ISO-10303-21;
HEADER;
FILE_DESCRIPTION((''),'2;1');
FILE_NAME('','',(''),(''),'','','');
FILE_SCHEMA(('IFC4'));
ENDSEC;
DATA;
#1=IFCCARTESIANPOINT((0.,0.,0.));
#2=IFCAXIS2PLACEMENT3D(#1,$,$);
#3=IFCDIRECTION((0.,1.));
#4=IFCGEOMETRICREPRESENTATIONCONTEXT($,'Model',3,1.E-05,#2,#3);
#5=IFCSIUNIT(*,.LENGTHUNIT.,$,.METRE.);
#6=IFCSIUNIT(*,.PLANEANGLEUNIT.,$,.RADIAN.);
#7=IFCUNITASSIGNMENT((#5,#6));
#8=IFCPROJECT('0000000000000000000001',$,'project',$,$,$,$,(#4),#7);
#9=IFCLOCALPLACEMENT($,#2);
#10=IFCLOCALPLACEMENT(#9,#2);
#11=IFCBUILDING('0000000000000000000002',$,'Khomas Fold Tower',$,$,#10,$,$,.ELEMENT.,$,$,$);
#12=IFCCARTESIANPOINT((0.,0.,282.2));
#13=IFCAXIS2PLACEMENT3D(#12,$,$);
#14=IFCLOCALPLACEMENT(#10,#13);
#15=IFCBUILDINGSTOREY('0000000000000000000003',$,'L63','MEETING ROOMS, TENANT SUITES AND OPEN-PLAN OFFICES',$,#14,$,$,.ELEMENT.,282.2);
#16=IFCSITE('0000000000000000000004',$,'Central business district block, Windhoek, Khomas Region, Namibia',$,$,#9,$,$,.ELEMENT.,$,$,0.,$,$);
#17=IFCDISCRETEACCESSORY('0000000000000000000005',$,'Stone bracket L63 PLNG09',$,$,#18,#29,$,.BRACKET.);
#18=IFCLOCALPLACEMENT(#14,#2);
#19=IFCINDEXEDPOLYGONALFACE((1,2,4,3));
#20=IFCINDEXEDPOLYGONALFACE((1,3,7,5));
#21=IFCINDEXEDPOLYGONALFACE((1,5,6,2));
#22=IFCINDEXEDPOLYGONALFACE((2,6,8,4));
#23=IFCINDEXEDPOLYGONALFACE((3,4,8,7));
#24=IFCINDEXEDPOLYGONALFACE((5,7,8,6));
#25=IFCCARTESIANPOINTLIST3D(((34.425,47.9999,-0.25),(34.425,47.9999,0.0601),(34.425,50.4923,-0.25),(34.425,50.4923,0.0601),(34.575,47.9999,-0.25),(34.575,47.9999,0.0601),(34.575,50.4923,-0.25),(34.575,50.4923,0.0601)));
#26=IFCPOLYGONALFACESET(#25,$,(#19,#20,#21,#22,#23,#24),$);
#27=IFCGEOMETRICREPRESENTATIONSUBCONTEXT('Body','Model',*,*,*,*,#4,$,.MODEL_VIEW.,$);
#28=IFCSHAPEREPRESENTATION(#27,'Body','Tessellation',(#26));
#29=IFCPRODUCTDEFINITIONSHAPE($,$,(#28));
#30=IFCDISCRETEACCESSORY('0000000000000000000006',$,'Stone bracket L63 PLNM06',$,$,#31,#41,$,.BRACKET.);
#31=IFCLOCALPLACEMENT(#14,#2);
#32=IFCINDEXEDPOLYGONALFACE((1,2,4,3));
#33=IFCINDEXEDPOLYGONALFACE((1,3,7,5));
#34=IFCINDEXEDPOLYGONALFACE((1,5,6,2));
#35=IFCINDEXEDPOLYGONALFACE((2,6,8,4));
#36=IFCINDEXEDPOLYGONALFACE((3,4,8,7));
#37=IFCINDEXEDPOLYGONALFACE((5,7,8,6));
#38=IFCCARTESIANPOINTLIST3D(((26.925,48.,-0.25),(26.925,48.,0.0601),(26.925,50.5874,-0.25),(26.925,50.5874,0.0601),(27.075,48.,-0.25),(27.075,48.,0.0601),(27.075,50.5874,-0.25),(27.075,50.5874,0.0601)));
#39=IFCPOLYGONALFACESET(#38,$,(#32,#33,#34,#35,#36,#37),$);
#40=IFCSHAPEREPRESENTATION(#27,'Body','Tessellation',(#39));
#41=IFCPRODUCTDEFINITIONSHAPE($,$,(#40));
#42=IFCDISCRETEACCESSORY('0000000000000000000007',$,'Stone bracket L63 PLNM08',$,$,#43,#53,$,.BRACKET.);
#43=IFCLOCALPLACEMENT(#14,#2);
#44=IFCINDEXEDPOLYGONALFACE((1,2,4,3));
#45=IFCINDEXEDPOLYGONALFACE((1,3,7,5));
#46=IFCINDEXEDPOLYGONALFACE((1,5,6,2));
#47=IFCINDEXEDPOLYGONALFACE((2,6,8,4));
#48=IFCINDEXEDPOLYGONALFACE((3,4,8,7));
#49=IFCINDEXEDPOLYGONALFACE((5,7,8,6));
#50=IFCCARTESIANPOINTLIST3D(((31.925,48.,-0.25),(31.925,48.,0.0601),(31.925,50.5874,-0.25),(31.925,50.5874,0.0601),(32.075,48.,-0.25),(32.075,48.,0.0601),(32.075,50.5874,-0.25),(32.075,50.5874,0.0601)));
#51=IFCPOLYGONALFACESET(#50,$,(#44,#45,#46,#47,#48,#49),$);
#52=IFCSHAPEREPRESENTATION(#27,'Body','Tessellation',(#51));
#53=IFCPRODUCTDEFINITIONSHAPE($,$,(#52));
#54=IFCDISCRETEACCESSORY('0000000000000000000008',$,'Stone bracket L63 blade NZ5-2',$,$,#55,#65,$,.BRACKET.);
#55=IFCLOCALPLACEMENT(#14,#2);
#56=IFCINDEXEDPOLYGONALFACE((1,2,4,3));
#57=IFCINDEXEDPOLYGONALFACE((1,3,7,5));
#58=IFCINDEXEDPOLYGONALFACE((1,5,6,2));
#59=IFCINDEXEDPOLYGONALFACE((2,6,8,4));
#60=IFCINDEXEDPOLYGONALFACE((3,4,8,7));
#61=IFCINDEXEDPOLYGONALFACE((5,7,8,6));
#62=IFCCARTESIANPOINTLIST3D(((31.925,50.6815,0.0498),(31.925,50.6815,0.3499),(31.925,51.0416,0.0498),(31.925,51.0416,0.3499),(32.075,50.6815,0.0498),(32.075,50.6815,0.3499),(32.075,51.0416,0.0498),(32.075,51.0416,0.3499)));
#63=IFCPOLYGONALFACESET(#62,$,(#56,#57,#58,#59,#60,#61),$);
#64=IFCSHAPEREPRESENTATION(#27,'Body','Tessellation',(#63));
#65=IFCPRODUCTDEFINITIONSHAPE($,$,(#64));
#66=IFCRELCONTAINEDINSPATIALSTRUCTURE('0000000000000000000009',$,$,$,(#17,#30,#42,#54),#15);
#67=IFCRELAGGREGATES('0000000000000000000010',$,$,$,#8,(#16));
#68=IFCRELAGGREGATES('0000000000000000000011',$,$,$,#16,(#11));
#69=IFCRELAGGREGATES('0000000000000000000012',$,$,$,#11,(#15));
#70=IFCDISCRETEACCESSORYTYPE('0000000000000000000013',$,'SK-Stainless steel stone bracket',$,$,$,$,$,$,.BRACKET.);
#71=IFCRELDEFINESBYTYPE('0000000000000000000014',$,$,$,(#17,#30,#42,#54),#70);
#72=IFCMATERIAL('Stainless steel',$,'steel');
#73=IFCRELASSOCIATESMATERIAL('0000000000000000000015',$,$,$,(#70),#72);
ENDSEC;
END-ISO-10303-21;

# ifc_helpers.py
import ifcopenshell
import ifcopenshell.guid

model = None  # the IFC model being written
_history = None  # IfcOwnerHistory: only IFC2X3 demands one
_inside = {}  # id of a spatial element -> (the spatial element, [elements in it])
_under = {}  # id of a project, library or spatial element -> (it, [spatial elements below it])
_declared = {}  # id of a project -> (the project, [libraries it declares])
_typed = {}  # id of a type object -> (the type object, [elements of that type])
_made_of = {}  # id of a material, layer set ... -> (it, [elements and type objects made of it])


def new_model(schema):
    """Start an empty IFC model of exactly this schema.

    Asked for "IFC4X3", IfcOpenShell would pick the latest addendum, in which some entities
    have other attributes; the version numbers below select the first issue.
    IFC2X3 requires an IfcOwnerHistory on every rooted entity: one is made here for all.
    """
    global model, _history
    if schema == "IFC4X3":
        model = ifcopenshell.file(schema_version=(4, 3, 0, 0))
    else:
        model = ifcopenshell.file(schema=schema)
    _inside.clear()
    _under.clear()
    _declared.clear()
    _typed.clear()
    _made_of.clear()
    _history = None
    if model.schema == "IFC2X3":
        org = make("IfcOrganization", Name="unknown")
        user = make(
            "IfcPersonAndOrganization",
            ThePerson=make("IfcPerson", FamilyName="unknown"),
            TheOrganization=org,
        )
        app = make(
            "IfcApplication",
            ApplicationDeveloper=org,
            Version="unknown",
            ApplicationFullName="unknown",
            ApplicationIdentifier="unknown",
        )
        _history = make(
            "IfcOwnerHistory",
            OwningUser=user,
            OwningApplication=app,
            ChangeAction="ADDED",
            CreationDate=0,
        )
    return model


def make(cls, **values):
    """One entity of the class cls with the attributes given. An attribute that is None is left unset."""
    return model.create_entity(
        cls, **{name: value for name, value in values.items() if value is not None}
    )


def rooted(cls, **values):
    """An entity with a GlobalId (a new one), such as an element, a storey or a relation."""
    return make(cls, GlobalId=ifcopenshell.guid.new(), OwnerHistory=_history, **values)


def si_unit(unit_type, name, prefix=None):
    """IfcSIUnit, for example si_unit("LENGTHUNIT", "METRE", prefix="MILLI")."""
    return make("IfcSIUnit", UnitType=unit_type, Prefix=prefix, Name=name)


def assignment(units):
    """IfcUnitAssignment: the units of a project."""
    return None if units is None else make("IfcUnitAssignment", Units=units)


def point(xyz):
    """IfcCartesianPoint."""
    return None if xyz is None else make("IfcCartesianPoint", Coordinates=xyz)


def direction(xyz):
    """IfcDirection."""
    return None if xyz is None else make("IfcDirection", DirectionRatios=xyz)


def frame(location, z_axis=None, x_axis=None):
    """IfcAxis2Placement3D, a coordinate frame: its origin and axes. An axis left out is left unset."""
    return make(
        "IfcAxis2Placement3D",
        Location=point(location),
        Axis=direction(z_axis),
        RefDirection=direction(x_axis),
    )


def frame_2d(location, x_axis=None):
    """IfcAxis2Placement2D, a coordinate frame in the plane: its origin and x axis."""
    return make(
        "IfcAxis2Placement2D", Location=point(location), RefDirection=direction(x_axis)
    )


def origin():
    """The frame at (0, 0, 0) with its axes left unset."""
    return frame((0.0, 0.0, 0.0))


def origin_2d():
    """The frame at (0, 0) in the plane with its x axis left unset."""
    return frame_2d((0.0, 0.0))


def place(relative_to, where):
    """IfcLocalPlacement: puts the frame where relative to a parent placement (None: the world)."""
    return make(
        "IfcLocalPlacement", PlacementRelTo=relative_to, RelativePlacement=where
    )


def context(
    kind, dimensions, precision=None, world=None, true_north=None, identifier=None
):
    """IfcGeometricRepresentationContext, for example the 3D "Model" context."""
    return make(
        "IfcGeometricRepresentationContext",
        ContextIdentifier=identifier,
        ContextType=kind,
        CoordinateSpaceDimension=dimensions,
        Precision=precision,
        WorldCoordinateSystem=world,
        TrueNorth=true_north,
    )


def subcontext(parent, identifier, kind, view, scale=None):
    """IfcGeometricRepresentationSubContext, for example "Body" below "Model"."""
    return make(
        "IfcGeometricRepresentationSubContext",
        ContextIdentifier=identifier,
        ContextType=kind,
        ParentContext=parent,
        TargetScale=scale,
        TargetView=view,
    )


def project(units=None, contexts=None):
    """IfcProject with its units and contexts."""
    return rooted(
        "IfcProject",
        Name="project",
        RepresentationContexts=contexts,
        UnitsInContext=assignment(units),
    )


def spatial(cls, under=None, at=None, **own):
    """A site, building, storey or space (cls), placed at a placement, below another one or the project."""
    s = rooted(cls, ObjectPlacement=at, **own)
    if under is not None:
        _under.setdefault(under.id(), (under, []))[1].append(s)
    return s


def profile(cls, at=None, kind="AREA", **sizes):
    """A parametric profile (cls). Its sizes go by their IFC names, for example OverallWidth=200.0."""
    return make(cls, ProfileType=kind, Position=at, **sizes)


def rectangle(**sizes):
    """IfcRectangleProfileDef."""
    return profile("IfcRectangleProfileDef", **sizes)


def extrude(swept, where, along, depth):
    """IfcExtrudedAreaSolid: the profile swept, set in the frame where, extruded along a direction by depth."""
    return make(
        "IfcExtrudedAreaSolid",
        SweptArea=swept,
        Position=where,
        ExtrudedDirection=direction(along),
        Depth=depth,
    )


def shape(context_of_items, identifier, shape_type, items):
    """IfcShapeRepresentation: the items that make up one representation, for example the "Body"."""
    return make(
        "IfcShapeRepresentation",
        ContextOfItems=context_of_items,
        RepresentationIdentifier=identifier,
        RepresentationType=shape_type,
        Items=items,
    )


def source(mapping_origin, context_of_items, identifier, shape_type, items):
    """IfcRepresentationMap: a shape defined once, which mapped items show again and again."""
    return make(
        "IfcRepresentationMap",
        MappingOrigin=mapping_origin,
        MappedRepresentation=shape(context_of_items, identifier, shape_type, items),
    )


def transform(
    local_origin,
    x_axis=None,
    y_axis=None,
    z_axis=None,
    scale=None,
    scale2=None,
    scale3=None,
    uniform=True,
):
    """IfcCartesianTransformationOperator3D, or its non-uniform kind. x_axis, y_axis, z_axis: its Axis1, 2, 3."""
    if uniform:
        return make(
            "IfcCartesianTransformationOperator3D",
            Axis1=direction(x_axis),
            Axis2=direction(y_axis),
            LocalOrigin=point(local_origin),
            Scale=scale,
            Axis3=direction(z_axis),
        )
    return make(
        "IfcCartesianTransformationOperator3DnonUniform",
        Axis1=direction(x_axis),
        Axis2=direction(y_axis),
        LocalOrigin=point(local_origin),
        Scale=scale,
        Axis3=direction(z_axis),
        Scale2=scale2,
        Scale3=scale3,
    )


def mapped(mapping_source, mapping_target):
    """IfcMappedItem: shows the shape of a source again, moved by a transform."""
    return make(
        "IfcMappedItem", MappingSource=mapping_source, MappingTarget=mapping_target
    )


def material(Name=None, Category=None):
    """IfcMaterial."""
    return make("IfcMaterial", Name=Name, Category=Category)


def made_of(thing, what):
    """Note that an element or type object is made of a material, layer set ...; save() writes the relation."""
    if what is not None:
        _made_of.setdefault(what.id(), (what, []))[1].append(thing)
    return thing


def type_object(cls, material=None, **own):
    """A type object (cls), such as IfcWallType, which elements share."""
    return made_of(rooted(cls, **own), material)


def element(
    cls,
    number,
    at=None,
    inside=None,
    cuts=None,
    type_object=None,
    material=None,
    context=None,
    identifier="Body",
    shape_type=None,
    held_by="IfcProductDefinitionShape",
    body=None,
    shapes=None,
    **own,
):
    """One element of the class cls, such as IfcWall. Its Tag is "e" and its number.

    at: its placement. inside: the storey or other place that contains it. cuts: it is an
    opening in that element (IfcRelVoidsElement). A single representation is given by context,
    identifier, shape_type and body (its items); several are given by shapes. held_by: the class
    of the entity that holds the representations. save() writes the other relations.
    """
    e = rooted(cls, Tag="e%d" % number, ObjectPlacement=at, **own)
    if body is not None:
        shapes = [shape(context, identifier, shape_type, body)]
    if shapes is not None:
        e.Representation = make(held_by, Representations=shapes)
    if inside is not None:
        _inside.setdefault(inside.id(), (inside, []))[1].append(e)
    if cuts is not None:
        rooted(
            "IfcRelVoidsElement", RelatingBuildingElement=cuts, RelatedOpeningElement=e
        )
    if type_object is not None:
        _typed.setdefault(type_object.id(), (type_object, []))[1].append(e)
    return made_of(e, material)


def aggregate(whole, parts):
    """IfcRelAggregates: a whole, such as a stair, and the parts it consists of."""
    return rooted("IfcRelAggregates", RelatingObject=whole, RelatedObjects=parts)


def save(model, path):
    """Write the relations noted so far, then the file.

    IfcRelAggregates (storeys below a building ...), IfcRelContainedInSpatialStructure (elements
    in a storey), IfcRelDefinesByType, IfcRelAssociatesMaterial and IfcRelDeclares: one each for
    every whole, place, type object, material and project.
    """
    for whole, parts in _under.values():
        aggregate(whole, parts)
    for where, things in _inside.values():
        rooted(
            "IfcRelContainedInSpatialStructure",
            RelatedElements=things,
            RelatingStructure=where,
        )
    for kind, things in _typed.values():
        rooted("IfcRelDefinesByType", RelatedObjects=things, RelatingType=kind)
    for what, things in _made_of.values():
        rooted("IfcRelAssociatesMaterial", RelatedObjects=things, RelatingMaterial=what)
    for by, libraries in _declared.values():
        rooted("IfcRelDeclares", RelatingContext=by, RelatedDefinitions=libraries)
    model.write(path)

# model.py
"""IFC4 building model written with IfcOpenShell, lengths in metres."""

from ifc_helpers import new_model, si_unit, direction, frame, origin, origin_2d, place, context, subcontext, project, spatial, rectangle, extrude, source, transform, mapped, material, type_object, element, save


model = new_model("IFC4")

# Units and contexts
model_context = context("Model", 3, precision=1e-05, world=origin(), true_north=direction((0.0, 1.0)))
body_context = subcontext(model_context, "Body", "Model", "MODEL_VIEW")
ifc_project = project(units=[si_unit("LENGTHUNIT", "METRE"), si_unit("PLANEANGLEUNIT", "RADIAN")], contexts=[model_context])

# Site, building, storey
site_placement = place(None, origin())
site = spatial("IfcSite", under=ifc_project, at=site_placement, Name="Central business district block, Windhoek, Khomas Region, Namibia", CompositionType="ELEMENT", RefElevation=0.0)
building_placement = place(site_placement, origin())
building = spatial("IfcBuilding", under=site, at=building_placement, Name="Khomas Fold Tower", CompositionType="ELEMENT")
storey_placement = place(building_placement, frame((0.0, 0.0, 282.2)))
storey = spatial("IfcBuildingStorey", under=building, at=storey_placement, Name="L63", Description="MEETING ROOMS, TENANT SUITES AND OPEN-PLAN OFFICES", CompositionType="ELEMENT", Elevation=282.2)

# Discrete accessories
ifc_material_1 = material(Name="Stainless steel", Category="steel")
discrete_accessory_type = type_object("IfcDiscreteAccessoryType", Name="SK-Stainless steel stone bracket", PredefinedType="BRACKET", material=ifc_material_1)
shared_shape_1 = source(origin(), body_context, "Body", "SweptSolid", [
    extrude(rectangle(XDim=2.4924, YDim=0.1499, at=origin_2d()), origin(), (0.0, 0.0, 1.0), 0.3101),
])
for number, where, z_axis, x_axis, name in (
    (1, (34.5, 49.2461, -0.25), (0.0, 0.0, 1.0), (0.0, 1.0, 0.0), "Stone bracket L63 PLNG09"),
):
    element("IfcDiscreteAccessory", number, at=place(storey_placement, frame(where, z_axis=z_axis, x_axis=x_axis)), inside=storey, type_object=discrete_accessory_type, Name=name, PredefinedType="BRACKET", context=body_context, shape_type="MappedRepresentation", body=[
        mapped(shared_shape_1, transform((0.0, 0.0, 0.0))),
    ])
shared_shape_2 = source(origin(), body_context, "Body", "SweptSolid", [
    extrude(rectangle(XDim=2.5874, YDim=0.1499, at=origin_2d()), origin(), (0.0, 0.0, 1.0), 0.3101),
])
for number, where, z_axis, x_axis, name in (
    (2, (27.0, 49.2937, -0.25), (0.0, 0.0, 1.0), (0.0, 1.0, 0.0), "Stone bracket L63 PLNM06"),
    (3, (32.0, 49.2937, -0.25), (0.0, 0.0, 1.0), (0.0, 1.0, 0.0), "Stone bracket L63 PLNM08"),
):
    element("IfcDiscreteAccessory", number, at=place(storey_placement, frame(where, z_axis=z_axis, x_axis=x_axis)), inside=storey, type_object=discrete_accessory_type, Name=name, PredefinedType="BRACKET", context=body_context, shape_type="MappedRepresentation", body=[
        mapped(shared_shape_2, transform((0.0, 0.0, 0.0))),
    ])
shared_shape_3 = source(origin(), body_context, "Body", "SweptSolid", [
    extrude(rectangle(XDim=0.3601, YDim=0.1499, at=origin_2d()), origin(), (0.0, 0.0, 1.0), 0.3),
])
discrete_accessory_placement = place(storey_placement, frame((32.0, 50.8616, 0.0498), z_axis=(0.0, 0.0, 1.0), x_axis=(0.0, 1.0, 0.0)))
element("IfcDiscreteAccessory", 4, at=discrete_accessory_placement, inside=storey, type_object=discrete_accessory_type, Name="Stone bracket L63 blade NZ5-2", PredefinedType="BRACKET", context=body_context, shape_type="MappedRepresentation", body=[
    mapped(shared_shape_3, transform((0.0, 0.0, 0.0))),
])

save(model, "model.ifc")
